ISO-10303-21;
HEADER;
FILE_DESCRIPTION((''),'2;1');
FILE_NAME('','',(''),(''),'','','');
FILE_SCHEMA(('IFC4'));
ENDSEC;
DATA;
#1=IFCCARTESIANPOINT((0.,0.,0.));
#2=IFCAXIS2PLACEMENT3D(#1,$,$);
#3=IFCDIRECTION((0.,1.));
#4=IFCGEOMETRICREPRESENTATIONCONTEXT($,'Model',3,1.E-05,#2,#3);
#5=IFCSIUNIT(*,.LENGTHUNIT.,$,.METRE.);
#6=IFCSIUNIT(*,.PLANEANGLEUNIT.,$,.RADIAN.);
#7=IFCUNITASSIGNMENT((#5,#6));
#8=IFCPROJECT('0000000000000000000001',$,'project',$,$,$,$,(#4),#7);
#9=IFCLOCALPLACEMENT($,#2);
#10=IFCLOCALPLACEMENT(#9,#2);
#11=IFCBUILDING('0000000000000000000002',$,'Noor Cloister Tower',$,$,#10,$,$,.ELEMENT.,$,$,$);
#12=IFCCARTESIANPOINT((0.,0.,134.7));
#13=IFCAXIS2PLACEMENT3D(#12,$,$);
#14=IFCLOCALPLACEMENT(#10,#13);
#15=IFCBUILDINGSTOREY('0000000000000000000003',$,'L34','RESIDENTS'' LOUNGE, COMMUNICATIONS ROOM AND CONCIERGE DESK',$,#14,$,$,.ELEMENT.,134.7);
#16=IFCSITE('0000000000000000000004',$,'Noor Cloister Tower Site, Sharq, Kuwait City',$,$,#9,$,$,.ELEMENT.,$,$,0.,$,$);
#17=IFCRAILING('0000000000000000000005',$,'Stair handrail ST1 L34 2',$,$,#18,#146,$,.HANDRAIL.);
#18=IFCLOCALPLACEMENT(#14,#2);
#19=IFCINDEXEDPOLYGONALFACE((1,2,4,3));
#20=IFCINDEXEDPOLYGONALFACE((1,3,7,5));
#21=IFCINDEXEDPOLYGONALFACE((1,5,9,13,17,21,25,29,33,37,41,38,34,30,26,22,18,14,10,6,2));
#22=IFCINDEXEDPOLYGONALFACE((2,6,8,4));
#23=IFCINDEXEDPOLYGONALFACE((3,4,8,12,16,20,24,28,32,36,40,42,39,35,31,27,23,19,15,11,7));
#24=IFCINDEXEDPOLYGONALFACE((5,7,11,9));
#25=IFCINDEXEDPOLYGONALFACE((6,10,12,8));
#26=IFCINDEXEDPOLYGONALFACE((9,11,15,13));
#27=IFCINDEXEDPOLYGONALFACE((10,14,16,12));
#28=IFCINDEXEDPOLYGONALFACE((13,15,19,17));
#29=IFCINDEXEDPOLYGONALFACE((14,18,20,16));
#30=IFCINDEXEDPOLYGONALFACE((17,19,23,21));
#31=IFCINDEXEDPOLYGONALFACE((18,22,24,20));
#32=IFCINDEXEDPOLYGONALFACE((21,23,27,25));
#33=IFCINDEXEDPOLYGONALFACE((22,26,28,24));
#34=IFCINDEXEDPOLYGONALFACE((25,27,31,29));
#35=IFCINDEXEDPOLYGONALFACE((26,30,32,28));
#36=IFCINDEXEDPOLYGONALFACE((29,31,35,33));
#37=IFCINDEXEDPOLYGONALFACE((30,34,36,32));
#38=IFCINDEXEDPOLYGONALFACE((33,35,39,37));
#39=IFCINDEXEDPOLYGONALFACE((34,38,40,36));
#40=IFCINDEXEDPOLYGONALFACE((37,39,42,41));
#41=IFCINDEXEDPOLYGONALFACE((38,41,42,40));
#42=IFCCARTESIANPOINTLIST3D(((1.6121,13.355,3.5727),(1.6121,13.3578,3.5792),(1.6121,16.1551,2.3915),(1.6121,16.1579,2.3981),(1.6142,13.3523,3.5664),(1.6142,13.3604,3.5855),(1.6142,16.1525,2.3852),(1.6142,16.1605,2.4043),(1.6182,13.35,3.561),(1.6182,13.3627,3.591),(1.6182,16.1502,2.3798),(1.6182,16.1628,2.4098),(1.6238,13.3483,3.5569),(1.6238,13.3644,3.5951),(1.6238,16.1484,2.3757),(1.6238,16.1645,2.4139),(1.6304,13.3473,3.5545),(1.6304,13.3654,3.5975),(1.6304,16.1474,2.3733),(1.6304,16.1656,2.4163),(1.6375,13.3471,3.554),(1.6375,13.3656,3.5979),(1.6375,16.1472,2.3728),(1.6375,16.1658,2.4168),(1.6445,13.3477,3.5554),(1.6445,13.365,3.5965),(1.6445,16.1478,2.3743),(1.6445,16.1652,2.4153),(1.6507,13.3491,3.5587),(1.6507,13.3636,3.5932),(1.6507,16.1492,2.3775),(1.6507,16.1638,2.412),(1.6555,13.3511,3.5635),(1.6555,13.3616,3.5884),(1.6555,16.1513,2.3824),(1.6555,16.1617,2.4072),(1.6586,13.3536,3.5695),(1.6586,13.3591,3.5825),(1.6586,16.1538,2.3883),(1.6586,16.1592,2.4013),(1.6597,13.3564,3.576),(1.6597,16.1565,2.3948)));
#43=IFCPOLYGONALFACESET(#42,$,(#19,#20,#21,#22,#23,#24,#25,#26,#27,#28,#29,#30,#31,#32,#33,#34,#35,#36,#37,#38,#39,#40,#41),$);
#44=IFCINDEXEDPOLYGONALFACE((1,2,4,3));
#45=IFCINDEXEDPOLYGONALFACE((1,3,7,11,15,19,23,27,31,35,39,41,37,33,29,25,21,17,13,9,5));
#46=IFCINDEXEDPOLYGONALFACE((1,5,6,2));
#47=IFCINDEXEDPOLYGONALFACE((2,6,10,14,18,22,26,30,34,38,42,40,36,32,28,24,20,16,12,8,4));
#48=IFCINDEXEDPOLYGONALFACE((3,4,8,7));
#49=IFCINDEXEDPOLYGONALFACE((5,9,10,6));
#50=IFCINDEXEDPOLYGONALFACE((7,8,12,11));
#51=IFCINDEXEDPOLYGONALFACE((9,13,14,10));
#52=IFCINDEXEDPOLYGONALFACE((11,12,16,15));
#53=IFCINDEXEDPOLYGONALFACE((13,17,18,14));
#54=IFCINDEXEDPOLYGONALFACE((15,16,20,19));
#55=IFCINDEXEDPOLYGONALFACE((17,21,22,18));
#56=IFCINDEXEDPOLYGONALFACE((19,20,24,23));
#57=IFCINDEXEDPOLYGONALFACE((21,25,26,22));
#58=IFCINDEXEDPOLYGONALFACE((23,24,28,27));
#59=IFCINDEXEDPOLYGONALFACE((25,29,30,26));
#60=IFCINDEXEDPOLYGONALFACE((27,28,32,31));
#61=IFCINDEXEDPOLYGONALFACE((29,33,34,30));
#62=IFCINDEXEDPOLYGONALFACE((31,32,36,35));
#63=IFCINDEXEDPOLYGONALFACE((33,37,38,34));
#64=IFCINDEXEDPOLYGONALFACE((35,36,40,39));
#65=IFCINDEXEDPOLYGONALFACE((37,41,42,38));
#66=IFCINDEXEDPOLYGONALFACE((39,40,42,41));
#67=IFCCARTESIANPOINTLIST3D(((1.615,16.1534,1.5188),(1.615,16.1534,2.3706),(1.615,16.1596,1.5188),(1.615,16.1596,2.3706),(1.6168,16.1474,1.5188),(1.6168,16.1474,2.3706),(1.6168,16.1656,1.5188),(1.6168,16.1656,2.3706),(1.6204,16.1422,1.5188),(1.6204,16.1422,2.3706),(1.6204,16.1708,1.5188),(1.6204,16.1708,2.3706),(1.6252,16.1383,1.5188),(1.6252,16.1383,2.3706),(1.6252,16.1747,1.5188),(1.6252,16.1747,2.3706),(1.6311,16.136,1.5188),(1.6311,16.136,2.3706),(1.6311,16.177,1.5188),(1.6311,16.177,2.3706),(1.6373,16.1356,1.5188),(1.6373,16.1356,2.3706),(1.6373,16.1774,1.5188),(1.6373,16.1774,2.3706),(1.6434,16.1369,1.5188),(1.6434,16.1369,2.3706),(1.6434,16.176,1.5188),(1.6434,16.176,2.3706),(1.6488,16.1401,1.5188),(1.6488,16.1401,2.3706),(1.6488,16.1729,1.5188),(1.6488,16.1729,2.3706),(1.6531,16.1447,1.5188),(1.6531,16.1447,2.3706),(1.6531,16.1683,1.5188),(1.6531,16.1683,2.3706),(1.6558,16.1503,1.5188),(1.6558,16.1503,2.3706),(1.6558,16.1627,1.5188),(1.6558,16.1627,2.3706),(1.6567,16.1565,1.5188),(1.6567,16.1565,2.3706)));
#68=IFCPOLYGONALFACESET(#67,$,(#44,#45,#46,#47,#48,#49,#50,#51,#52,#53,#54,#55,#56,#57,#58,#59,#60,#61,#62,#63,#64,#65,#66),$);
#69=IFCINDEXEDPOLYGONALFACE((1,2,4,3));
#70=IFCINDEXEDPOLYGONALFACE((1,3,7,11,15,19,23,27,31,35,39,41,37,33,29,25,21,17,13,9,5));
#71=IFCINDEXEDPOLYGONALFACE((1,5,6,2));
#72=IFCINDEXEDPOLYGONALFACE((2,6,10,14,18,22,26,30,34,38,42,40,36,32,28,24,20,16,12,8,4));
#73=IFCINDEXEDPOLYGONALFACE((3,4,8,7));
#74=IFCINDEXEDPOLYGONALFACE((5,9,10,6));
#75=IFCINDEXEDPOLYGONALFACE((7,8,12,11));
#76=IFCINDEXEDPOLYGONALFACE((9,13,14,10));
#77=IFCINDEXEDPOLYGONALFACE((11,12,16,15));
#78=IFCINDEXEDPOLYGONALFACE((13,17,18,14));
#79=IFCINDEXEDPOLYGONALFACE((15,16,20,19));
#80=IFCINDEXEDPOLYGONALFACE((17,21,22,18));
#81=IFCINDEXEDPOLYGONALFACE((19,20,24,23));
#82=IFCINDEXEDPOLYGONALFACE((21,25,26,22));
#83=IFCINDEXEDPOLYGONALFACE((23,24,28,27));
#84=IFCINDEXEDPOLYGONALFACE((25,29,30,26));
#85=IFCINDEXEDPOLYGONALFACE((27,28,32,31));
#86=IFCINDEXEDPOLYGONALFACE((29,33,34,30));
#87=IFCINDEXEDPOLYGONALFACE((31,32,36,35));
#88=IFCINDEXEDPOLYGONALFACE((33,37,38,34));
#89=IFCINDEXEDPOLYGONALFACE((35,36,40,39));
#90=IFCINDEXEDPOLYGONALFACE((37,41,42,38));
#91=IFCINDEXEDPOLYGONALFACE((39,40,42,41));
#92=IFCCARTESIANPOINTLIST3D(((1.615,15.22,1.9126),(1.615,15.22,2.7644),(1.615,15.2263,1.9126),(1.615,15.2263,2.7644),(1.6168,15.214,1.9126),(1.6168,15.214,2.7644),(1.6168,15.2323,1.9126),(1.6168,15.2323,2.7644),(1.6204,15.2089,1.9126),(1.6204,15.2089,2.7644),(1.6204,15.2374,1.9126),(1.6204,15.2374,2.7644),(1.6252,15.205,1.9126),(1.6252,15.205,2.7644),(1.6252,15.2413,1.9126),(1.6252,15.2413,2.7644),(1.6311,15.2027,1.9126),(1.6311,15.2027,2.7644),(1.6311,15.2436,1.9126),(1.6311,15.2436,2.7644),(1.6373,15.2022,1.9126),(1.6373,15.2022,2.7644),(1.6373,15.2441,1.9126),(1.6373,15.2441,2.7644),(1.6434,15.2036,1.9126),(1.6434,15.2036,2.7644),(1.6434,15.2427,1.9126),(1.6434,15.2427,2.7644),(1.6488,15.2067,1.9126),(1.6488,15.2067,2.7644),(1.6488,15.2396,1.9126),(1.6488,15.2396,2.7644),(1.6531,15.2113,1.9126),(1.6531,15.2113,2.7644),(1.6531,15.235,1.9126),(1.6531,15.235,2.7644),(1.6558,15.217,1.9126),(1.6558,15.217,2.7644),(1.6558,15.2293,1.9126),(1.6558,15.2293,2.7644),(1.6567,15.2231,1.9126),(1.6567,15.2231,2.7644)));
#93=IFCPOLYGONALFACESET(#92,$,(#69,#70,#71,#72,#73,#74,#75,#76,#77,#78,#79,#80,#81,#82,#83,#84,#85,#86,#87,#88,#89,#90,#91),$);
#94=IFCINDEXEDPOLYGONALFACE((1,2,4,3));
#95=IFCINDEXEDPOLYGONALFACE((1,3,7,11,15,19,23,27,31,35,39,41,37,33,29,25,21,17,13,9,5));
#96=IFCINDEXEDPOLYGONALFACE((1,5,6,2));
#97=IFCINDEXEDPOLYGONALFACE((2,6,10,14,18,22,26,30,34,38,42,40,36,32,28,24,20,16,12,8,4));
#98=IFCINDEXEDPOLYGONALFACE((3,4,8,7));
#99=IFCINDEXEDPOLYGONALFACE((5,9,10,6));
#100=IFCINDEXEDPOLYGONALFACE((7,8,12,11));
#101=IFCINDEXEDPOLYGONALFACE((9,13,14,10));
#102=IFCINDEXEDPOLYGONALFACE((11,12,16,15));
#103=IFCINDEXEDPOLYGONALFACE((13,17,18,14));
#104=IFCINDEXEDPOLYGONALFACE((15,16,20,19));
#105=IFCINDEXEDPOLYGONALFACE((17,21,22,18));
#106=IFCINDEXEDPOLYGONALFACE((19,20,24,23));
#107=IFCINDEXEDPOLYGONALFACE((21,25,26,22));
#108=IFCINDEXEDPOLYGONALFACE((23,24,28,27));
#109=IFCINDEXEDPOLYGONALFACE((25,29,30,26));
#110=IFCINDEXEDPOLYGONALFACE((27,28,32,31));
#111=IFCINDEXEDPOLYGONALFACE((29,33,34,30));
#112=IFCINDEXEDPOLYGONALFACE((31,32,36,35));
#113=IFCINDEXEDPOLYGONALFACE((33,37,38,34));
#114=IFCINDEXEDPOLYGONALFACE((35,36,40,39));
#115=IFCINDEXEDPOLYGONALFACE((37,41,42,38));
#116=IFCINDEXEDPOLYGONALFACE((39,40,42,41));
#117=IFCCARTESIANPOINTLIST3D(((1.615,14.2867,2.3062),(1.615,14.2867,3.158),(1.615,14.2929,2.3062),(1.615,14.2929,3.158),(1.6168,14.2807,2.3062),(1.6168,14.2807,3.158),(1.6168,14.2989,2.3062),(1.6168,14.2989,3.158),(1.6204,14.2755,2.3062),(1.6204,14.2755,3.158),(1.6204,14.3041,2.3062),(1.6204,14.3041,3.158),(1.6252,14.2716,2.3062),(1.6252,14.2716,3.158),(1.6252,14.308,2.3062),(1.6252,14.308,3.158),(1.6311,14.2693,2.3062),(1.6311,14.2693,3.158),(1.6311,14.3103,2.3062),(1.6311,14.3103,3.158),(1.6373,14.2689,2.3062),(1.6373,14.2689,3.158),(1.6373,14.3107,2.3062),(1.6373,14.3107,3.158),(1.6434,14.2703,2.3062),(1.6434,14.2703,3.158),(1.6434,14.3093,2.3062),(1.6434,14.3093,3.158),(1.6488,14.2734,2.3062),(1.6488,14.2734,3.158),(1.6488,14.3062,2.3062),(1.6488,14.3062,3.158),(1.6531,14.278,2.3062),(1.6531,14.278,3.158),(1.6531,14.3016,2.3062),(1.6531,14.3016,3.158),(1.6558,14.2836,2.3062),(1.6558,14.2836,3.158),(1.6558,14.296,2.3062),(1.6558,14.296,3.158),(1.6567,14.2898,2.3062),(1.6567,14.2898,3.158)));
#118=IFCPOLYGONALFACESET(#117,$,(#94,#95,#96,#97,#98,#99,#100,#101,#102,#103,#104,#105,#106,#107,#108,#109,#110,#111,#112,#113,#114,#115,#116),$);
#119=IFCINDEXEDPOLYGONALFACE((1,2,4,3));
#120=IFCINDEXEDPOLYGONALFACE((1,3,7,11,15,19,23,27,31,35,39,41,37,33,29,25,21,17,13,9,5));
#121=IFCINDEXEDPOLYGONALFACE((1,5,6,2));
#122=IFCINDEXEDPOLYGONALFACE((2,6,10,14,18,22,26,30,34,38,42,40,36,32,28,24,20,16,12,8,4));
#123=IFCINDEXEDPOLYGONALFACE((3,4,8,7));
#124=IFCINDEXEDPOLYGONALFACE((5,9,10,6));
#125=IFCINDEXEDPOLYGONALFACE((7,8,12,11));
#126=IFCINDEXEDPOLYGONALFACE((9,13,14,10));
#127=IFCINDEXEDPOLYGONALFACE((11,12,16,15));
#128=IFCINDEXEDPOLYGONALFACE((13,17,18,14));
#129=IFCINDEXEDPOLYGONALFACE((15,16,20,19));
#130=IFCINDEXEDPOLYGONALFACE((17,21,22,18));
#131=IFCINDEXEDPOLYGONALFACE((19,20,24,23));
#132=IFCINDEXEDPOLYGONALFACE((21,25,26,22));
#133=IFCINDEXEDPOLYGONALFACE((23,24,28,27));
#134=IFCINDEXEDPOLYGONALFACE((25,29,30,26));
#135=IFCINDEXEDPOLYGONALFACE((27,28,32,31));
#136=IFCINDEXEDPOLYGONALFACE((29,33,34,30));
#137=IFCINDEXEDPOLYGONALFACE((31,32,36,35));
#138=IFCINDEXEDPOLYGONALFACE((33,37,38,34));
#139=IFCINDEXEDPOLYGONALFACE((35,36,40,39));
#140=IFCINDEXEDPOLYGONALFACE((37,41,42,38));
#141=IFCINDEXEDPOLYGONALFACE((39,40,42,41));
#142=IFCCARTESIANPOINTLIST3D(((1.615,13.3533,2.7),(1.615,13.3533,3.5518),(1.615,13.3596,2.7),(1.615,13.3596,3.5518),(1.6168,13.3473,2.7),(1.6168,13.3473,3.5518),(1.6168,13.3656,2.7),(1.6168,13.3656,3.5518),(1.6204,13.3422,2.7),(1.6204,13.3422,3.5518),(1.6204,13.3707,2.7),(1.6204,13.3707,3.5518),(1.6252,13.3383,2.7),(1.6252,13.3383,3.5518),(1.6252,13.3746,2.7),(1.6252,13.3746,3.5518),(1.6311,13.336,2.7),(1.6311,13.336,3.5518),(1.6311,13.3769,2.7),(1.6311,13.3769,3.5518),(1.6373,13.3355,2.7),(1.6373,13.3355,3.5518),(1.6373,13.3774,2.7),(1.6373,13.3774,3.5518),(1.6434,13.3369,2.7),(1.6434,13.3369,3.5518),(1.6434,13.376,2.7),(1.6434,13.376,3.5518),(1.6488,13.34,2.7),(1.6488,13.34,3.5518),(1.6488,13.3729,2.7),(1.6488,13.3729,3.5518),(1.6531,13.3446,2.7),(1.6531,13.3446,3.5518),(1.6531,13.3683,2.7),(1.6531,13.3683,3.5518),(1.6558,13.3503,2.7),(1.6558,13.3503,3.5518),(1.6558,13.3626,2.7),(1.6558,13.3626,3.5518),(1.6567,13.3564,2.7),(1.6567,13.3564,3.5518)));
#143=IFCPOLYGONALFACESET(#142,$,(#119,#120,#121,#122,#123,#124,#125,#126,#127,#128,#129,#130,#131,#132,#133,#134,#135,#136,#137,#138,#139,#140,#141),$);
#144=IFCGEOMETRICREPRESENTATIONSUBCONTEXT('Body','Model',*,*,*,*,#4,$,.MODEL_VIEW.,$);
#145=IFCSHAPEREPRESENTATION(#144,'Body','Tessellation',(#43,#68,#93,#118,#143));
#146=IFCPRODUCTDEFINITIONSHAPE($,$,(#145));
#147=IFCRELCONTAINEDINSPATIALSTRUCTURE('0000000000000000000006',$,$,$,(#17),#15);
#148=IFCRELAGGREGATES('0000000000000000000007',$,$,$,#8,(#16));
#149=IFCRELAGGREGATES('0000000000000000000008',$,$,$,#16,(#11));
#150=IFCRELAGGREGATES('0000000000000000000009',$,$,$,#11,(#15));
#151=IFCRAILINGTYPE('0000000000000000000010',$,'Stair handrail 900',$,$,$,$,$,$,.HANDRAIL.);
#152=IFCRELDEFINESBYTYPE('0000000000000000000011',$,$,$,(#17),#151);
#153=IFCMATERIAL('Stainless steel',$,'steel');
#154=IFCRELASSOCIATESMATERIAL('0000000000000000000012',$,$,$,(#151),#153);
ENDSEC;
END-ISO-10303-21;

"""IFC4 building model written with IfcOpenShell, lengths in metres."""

from ifc_helpers import new_model, si_unit, direction, frame, origin, origin_2d, place, context, subcontext, project, spatial, circle, extrude, material, type_object, element, save


model = new_model("IFC4")

# Units and contexts
model_context = context("Model", 3, precision=1e-05, world=origin(), true_north=direction((0.0, 1.0)))
body_context = subcontext(model_context, "Body", "Model", "MODEL_VIEW")
ifc_project = project(units=[si_unit("LENGTHUNIT", "METRE"), si_unit("PLANEANGLEUNIT", "RADIAN")], contexts=[model_context])

# Site, building, storey
site_placement = place(None, origin())
site = spatial("IfcSite", under=ifc_project, at=site_placement, Name="Noor Cloister Tower Site, Sharq, Kuwait City", CompositionType="ELEMENT", RefElevation=0.0)
building_placement = place(site_placement, origin())
building = spatial("IfcBuilding", under=site, at=building_placement, Name="Noor Cloister Tower", CompositionType="ELEMENT")
storey_placement = place(building_placement, frame((0.0, 0.0, 134.7)))
storey = spatial("IfcBuildingStorey", under=building, at=storey_placement, Name="L34", Description="RESIDENTS' LOUNGE, COMMUNICATIONS ROOM AND CONCIERGE DESK", CompositionType="ELEMENT", Elevation=134.7)

# Railing
ifc_material_1 = material(Name="Stainless steel", Category="steel")
railing_type_1 = type_object("IfcRailingType", Name="Stair handrail 900", PredefinedType="HANDRAIL", material=ifc_material_1)
railing_1_placement = place(storey_placement, frame((1.6357, 16.1565, 1.5188)))
element("IfcRailing", 1, at=railing_1_placement, inside=storey, type_object=railing_type_1, Name="Stair handrail ST1 L34 2", PredefinedType="HANDRAIL", context=body_context, shape_type="SweptSolid", body=[
    extrude(circle(Radius=0.0239, at=origin_2d()), frame((0.0, 0.0, 0.876), z_axis=(0.0, -0.921378, 0.388667), x_axis=(1.0, 0.0, 0.0)), (0.0, 0.0, 1.0), 3.0391),
    extrude(circle(Radius=0.021, at=origin_2d()), origin(), (0.0, 0.0, 1.0), 0.8518),
    extrude(circle(Radius=0.021, at=origin_2d()), frame((0.0, -0.9333, 0.3938)), (0.0, 0.0, 1.0), 0.8518),
    extrude(circle(Radius=0.021, at=origin_2d()), frame((0.0, -1.8667, 0.7874)), (0.0, 0.0, 1.0), 0.8518),
    extrude(circle(Radius=0.021, at=origin_2d()), frame((0.0, -2.8, 1.1812)), (0.0, 0.0, 1.0), 0.8518),
])

save(model, "model.ifc")
